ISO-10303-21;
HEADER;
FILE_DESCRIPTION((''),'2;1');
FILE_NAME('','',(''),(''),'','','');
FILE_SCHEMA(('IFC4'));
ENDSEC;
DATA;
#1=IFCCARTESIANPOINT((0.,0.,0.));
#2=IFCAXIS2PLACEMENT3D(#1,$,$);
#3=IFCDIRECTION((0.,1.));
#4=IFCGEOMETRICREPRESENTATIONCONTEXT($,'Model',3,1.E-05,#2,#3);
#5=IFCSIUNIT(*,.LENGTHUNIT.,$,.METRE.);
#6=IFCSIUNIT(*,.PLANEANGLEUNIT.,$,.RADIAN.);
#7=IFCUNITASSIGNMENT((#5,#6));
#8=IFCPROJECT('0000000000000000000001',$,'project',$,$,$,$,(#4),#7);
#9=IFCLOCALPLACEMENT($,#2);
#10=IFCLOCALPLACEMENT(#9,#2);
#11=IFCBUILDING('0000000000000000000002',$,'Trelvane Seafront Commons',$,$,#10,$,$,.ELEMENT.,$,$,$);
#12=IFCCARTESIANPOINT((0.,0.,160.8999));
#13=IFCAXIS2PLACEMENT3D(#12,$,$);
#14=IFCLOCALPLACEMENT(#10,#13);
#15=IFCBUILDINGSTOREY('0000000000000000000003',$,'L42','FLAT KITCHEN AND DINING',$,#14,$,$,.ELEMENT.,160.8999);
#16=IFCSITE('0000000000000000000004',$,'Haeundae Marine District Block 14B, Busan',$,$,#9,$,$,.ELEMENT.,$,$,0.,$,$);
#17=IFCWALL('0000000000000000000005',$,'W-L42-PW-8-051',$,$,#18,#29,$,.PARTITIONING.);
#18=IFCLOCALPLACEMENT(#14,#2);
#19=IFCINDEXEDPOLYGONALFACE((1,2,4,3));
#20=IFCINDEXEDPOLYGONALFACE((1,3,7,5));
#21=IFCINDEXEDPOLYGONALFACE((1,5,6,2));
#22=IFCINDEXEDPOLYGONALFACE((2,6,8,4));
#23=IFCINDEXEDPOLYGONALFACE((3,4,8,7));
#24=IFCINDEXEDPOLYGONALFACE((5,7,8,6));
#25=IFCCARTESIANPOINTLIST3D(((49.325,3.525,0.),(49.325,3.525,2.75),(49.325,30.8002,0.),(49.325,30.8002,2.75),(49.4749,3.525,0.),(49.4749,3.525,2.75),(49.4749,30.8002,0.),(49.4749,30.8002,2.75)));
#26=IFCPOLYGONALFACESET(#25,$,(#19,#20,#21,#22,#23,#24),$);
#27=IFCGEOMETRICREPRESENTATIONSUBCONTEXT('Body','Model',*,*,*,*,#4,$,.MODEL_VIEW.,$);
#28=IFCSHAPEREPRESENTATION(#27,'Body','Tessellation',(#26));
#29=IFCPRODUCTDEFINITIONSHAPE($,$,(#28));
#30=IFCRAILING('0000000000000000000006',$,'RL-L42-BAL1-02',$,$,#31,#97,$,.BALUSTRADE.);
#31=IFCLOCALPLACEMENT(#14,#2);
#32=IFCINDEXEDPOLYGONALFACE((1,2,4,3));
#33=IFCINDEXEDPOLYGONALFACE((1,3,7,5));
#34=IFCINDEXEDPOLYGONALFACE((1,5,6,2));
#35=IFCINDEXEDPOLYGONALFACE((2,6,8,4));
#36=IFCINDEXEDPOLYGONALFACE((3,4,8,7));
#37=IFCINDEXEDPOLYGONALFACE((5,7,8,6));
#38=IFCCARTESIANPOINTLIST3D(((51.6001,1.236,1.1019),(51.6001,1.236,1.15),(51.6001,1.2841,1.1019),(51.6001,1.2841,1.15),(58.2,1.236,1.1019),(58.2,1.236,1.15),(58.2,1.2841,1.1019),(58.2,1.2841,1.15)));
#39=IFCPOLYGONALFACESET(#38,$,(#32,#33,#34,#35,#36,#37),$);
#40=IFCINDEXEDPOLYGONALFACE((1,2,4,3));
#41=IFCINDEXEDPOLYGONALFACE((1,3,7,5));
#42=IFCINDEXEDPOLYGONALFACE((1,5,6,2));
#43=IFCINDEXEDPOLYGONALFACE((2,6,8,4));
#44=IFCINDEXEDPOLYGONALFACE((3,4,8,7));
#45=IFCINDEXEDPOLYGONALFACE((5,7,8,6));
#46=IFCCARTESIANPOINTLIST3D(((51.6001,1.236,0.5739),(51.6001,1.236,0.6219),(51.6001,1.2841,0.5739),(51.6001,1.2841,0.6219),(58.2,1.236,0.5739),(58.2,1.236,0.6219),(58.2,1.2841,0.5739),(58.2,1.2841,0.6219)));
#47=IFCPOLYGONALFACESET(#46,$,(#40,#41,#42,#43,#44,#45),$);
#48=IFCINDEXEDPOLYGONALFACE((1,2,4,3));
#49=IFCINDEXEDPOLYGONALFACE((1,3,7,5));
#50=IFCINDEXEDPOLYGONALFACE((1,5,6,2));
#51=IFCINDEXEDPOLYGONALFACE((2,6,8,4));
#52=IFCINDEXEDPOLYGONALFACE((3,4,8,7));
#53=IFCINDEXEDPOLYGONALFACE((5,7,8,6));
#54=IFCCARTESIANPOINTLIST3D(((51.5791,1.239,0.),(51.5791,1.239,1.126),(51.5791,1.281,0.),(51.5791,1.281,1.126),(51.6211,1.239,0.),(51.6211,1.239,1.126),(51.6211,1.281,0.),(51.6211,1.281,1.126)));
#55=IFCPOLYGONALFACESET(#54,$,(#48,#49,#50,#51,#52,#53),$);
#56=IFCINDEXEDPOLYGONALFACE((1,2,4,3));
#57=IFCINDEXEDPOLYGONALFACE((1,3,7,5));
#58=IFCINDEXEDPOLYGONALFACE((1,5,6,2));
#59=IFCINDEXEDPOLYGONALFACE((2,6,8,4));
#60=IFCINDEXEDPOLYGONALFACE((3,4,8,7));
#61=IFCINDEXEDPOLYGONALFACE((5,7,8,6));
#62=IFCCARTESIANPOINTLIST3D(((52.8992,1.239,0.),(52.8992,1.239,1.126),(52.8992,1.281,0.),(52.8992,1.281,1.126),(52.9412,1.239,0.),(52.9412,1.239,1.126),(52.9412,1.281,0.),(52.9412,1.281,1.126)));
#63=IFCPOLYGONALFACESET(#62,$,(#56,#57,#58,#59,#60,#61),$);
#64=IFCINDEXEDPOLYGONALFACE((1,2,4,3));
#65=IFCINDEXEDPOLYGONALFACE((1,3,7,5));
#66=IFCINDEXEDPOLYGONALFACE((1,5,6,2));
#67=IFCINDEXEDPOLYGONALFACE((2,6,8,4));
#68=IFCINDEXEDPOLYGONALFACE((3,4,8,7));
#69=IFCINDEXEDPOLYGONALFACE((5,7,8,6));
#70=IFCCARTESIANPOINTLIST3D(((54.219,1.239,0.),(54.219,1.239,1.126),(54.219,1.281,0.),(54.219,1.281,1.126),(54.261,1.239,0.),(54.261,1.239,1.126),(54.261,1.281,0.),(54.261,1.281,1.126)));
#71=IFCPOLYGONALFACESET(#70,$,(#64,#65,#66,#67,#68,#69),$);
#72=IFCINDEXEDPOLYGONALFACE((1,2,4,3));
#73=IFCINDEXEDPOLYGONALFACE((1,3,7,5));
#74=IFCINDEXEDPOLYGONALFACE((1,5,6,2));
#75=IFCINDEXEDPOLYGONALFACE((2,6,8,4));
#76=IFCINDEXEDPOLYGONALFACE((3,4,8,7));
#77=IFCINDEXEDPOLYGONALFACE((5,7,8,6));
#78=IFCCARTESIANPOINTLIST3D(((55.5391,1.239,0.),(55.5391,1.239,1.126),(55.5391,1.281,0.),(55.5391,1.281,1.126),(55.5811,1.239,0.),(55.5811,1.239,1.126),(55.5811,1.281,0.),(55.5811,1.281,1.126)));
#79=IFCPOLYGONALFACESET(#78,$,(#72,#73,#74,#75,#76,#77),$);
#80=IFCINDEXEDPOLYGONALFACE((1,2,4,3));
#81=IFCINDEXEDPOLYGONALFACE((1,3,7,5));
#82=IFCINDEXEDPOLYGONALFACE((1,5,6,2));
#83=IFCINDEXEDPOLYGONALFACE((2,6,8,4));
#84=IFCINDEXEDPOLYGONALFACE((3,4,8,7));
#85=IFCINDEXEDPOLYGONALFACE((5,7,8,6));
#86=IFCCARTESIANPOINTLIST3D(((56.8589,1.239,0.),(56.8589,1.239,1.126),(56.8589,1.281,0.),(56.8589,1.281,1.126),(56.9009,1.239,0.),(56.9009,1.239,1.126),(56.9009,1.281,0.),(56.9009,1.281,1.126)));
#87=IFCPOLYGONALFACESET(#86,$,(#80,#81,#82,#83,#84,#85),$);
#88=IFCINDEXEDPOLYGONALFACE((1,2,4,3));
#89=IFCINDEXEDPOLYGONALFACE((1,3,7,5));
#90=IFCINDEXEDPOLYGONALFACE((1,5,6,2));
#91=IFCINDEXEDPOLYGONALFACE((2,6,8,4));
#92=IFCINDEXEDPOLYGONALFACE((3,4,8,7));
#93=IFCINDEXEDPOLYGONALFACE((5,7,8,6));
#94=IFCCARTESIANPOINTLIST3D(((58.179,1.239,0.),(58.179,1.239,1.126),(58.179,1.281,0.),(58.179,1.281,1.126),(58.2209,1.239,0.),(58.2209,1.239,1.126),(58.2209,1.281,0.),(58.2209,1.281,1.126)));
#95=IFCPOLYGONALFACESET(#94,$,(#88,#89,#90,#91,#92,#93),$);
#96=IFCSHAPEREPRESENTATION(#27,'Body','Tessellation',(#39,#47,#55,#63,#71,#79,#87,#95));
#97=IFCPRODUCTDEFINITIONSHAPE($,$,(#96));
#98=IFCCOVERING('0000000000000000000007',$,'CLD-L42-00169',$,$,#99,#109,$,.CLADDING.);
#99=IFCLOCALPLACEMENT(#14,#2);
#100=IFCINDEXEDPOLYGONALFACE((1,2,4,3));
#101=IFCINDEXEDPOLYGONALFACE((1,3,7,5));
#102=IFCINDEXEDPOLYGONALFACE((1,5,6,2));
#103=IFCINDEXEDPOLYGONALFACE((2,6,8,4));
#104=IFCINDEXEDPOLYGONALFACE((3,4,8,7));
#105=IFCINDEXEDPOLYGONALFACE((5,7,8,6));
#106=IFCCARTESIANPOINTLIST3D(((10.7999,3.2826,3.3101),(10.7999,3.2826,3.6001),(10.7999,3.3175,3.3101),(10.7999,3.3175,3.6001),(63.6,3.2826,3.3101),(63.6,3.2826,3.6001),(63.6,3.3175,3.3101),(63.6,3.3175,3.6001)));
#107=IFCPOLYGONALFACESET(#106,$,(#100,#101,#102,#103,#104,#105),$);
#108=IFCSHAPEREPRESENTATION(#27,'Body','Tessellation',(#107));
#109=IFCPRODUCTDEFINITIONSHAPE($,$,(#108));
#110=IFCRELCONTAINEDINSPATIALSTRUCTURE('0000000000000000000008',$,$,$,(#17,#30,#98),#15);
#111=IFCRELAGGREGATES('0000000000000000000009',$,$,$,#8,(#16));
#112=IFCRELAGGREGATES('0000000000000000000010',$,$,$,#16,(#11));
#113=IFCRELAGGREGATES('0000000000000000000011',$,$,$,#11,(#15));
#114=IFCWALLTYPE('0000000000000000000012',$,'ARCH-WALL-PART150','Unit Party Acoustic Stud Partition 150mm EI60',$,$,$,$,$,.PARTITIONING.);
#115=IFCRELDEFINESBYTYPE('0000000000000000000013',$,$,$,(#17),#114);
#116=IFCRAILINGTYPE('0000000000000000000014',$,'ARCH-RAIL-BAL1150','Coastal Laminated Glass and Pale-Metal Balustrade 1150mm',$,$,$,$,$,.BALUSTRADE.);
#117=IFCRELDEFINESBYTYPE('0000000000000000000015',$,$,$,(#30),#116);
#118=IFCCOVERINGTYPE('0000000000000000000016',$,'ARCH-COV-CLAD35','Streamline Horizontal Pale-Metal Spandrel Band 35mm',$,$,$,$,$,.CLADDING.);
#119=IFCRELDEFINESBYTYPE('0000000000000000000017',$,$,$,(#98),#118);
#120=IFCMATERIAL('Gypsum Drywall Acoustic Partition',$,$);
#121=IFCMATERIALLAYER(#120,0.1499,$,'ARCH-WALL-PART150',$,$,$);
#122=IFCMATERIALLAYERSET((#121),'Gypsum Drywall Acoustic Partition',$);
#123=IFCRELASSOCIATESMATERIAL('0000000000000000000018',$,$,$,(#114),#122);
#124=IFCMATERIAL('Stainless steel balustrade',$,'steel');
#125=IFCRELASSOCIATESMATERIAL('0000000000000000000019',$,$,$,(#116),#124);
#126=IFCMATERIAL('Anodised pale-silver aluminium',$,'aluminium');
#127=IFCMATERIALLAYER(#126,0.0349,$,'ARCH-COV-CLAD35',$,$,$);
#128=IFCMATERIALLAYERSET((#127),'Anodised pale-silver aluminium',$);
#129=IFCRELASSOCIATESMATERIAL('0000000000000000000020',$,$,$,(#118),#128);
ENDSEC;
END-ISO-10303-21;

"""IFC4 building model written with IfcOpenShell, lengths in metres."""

from ifc_helpers import new_model, si_unit, direction, frame, frame_2d, origin, origin_2d, place, context, subcontext, project, spatial, rectangle, extrude, source, transform, mapped, material, layer, layer_set, type_object, element, save


model = new_model("IFC4")

# Units and contexts
model_context = context("Model", 3, precision=1e-05, world=origin(), true_north=direction((0.0, 1.0)))
body_context = subcontext(model_context, "Body", "Model", "MODEL_VIEW")
ifc_project = project(units=[si_unit("LENGTHUNIT", "METRE"), si_unit("PLANEANGLEUNIT", "RADIAN")], contexts=[model_context])

# Site, building, storey
site_placement = place(None, origin())
site = spatial("IfcSite", under=ifc_project, at=site_placement, Name="Haeundae Marine District Block 14B, Busan", CompositionType="ELEMENT", RefElevation=0.0)
building_placement = place(site_placement, origin())
building = spatial("IfcBuilding", under=site, at=building_placement, Name="Trelvane Seafront Commons", CompositionType="ELEMENT")
storey_placement = place(building_placement, frame((0.0, 0.0, 160.8999)))
storey = spatial("IfcBuildingStorey", under=building, at=storey_placement, Name="L42", Description="FLAT KITCHEN AND DINING", CompositionType="ELEMENT", Elevation=160.8999)

# Shared definitions
ifc_material_1 = material(Name="Anodised pale-silver aluminium", Category="aluminium")

# Shared definitions
ifc_material_2 = material(Name="Gypsum Drywall Acoustic Partition")

# Wall
ifc_layer_1 = layer(ifc_material_2, 0.1499, Name="ARCH-WALL-PART150")
ifc_layer_set_1 = layer_set([ifc_layer_1], Name="Gypsum Drywall Acoustic Partition")
wall_type_1 = type_object("IfcWallType", Name="ARCH-WALL-PART150", Description="Unit Party Acoustic Stud Partition 150mm EI60", PredefinedType="PARTITIONING", material=ifc_layer_set_1)
wall_1_placement = place(storey_placement, frame((49.3999, 3.5249, 0.0), z_axis=(0.0, 0.0, 1.0), x_axis=(0.0, 1.0, 0.0)))
element("IfcWall", 1, at=wall_1_placement, inside=storey, type_object=wall_type_1, Name="W-L42-PW-8-051", PredefinedType="PARTITIONING", context=body_context, shape_type="SweptSolid", body=[
    extrude(rectangle(XDim=27.2751, YDim=0.1499, at=frame_2d((13.6377, 0.0))), origin(), (0.0, 0.0, 1.0), 2.75),
])

# Railing
ifc_material_3 = material(Name="Stainless steel balustrade", Category="steel")
railing_type = type_object("IfcRailingType", Name="ARCH-RAIL-BAL1150", Description="Coastal Laminated Glass and Pale-Metal Balustrade 1150mm", PredefinedType="BALUSTRADE", material=ifc_material_3)
railing_placement = place(storey_placement, frame((51.6001, 1.26, 0.0)))
element("IfcRailing", 2, at=railing_placement, inside=storey, type_object=railing_type, Name="RL-L42-BAL1-02", PredefinedType="BALUSTRADE", context=body_context, shape_type="SweptSolid", body=[
    extrude(rectangle(XDim=0.0481, YDim=0.0481, at=origin_2d()), frame((0.0, 0.0, 1.126), z_axis=(1.0, 0.0, 0.0), x_axis=(0.0, 1.0, 0.0)), (0.0, 0.0, 1.0), 6.5999),
    extrude(rectangle(XDim=0.0481, YDim=0.0481, at=origin_2d()), frame((0.0, 0.0, 0.5979), z_axis=(1.0, 0.0, 0.0), x_axis=(0.0, 1.0, 0.0)), (0.0, 0.0, 1.0), 6.5999),
    extrude(rectangle(XDim=0.042, YDim=0.042, at=origin_2d()), origin(), (0.0, 0.0, 1.0), 1.126),
    extrude(rectangle(XDim=0.042, YDim=0.042, at=origin_2d()), frame((1.3201, 0.0, 0.0)), (0.0, 0.0, 1.0), 1.126),
    extrude(rectangle(XDim=0.042, YDim=0.042, at=origin_2d()), frame((2.6399, 0.0, 0.0)), (0.0, 0.0, 1.0), 1.126),
    extrude(rectangle(XDim=0.042, YDim=0.042, at=origin_2d()), frame((3.96, 0.0, 0.0)), (0.0, 0.0, 1.0), 1.126),
    extrude(rectangle(XDim=0.042, YDim=0.042, at=origin_2d()), frame((5.2798, 0.0, 0.0)), (0.0, 0.0, 1.0), 1.126),
    extrude(rectangle(XDim=0.042, YDim=0.042, at=origin_2d()), frame((6.5999, 0.0, 0.0)), (0.0, 0.0, 1.0), 1.126),
])

# Covering
ifc_layer_2 = layer(ifc_material_1, 0.0349, Name="ARCH-COV-CLAD35")
ifc_layer_set_2 = layer_set([ifc_layer_2], Name="Anodised pale-silver aluminium")
covering_type = type_object("IfcCoveringType", Name="ARCH-COV-CLAD35", Description="Streamline Horizontal Pale-Metal Spandrel Band 35mm", PredefinedType="CLADDING", material=ifc_layer_set_2)
shared_shape_1 = source(origin(), body_context, "Body", "SweptSolid", [
    extrude(rectangle(XDim=52.8, YDim=0.0349, at=origin_2d()), origin(), (0.0, 0.0, 1.0), 0.29),
])
covering_placement = place(storey_placement, frame((37.2, 3.3, 3.3101), z_axis=(0.0, 0.0, 1.0), x_axis=(-1.0, 0.0, 0.0)))
element("IfcCovering", 3, at=covering_placement, inside=storey, type_object=covering_type, Name="CLD-L42-00169", PredefinedType="CLADDING", context=body_context, shape_type="MappedRepresentation", body=[
    mapped(shared_shape_1, transform((0.0, 0.0, 0.0), x_axis=(1.0, 0.0, 0.0), y_axis=(0.0, 1.0, 0.0), z_axis=(0.0, 0.0, 1.0), scale=1.0)),
])

save(model, "model.ifc")
